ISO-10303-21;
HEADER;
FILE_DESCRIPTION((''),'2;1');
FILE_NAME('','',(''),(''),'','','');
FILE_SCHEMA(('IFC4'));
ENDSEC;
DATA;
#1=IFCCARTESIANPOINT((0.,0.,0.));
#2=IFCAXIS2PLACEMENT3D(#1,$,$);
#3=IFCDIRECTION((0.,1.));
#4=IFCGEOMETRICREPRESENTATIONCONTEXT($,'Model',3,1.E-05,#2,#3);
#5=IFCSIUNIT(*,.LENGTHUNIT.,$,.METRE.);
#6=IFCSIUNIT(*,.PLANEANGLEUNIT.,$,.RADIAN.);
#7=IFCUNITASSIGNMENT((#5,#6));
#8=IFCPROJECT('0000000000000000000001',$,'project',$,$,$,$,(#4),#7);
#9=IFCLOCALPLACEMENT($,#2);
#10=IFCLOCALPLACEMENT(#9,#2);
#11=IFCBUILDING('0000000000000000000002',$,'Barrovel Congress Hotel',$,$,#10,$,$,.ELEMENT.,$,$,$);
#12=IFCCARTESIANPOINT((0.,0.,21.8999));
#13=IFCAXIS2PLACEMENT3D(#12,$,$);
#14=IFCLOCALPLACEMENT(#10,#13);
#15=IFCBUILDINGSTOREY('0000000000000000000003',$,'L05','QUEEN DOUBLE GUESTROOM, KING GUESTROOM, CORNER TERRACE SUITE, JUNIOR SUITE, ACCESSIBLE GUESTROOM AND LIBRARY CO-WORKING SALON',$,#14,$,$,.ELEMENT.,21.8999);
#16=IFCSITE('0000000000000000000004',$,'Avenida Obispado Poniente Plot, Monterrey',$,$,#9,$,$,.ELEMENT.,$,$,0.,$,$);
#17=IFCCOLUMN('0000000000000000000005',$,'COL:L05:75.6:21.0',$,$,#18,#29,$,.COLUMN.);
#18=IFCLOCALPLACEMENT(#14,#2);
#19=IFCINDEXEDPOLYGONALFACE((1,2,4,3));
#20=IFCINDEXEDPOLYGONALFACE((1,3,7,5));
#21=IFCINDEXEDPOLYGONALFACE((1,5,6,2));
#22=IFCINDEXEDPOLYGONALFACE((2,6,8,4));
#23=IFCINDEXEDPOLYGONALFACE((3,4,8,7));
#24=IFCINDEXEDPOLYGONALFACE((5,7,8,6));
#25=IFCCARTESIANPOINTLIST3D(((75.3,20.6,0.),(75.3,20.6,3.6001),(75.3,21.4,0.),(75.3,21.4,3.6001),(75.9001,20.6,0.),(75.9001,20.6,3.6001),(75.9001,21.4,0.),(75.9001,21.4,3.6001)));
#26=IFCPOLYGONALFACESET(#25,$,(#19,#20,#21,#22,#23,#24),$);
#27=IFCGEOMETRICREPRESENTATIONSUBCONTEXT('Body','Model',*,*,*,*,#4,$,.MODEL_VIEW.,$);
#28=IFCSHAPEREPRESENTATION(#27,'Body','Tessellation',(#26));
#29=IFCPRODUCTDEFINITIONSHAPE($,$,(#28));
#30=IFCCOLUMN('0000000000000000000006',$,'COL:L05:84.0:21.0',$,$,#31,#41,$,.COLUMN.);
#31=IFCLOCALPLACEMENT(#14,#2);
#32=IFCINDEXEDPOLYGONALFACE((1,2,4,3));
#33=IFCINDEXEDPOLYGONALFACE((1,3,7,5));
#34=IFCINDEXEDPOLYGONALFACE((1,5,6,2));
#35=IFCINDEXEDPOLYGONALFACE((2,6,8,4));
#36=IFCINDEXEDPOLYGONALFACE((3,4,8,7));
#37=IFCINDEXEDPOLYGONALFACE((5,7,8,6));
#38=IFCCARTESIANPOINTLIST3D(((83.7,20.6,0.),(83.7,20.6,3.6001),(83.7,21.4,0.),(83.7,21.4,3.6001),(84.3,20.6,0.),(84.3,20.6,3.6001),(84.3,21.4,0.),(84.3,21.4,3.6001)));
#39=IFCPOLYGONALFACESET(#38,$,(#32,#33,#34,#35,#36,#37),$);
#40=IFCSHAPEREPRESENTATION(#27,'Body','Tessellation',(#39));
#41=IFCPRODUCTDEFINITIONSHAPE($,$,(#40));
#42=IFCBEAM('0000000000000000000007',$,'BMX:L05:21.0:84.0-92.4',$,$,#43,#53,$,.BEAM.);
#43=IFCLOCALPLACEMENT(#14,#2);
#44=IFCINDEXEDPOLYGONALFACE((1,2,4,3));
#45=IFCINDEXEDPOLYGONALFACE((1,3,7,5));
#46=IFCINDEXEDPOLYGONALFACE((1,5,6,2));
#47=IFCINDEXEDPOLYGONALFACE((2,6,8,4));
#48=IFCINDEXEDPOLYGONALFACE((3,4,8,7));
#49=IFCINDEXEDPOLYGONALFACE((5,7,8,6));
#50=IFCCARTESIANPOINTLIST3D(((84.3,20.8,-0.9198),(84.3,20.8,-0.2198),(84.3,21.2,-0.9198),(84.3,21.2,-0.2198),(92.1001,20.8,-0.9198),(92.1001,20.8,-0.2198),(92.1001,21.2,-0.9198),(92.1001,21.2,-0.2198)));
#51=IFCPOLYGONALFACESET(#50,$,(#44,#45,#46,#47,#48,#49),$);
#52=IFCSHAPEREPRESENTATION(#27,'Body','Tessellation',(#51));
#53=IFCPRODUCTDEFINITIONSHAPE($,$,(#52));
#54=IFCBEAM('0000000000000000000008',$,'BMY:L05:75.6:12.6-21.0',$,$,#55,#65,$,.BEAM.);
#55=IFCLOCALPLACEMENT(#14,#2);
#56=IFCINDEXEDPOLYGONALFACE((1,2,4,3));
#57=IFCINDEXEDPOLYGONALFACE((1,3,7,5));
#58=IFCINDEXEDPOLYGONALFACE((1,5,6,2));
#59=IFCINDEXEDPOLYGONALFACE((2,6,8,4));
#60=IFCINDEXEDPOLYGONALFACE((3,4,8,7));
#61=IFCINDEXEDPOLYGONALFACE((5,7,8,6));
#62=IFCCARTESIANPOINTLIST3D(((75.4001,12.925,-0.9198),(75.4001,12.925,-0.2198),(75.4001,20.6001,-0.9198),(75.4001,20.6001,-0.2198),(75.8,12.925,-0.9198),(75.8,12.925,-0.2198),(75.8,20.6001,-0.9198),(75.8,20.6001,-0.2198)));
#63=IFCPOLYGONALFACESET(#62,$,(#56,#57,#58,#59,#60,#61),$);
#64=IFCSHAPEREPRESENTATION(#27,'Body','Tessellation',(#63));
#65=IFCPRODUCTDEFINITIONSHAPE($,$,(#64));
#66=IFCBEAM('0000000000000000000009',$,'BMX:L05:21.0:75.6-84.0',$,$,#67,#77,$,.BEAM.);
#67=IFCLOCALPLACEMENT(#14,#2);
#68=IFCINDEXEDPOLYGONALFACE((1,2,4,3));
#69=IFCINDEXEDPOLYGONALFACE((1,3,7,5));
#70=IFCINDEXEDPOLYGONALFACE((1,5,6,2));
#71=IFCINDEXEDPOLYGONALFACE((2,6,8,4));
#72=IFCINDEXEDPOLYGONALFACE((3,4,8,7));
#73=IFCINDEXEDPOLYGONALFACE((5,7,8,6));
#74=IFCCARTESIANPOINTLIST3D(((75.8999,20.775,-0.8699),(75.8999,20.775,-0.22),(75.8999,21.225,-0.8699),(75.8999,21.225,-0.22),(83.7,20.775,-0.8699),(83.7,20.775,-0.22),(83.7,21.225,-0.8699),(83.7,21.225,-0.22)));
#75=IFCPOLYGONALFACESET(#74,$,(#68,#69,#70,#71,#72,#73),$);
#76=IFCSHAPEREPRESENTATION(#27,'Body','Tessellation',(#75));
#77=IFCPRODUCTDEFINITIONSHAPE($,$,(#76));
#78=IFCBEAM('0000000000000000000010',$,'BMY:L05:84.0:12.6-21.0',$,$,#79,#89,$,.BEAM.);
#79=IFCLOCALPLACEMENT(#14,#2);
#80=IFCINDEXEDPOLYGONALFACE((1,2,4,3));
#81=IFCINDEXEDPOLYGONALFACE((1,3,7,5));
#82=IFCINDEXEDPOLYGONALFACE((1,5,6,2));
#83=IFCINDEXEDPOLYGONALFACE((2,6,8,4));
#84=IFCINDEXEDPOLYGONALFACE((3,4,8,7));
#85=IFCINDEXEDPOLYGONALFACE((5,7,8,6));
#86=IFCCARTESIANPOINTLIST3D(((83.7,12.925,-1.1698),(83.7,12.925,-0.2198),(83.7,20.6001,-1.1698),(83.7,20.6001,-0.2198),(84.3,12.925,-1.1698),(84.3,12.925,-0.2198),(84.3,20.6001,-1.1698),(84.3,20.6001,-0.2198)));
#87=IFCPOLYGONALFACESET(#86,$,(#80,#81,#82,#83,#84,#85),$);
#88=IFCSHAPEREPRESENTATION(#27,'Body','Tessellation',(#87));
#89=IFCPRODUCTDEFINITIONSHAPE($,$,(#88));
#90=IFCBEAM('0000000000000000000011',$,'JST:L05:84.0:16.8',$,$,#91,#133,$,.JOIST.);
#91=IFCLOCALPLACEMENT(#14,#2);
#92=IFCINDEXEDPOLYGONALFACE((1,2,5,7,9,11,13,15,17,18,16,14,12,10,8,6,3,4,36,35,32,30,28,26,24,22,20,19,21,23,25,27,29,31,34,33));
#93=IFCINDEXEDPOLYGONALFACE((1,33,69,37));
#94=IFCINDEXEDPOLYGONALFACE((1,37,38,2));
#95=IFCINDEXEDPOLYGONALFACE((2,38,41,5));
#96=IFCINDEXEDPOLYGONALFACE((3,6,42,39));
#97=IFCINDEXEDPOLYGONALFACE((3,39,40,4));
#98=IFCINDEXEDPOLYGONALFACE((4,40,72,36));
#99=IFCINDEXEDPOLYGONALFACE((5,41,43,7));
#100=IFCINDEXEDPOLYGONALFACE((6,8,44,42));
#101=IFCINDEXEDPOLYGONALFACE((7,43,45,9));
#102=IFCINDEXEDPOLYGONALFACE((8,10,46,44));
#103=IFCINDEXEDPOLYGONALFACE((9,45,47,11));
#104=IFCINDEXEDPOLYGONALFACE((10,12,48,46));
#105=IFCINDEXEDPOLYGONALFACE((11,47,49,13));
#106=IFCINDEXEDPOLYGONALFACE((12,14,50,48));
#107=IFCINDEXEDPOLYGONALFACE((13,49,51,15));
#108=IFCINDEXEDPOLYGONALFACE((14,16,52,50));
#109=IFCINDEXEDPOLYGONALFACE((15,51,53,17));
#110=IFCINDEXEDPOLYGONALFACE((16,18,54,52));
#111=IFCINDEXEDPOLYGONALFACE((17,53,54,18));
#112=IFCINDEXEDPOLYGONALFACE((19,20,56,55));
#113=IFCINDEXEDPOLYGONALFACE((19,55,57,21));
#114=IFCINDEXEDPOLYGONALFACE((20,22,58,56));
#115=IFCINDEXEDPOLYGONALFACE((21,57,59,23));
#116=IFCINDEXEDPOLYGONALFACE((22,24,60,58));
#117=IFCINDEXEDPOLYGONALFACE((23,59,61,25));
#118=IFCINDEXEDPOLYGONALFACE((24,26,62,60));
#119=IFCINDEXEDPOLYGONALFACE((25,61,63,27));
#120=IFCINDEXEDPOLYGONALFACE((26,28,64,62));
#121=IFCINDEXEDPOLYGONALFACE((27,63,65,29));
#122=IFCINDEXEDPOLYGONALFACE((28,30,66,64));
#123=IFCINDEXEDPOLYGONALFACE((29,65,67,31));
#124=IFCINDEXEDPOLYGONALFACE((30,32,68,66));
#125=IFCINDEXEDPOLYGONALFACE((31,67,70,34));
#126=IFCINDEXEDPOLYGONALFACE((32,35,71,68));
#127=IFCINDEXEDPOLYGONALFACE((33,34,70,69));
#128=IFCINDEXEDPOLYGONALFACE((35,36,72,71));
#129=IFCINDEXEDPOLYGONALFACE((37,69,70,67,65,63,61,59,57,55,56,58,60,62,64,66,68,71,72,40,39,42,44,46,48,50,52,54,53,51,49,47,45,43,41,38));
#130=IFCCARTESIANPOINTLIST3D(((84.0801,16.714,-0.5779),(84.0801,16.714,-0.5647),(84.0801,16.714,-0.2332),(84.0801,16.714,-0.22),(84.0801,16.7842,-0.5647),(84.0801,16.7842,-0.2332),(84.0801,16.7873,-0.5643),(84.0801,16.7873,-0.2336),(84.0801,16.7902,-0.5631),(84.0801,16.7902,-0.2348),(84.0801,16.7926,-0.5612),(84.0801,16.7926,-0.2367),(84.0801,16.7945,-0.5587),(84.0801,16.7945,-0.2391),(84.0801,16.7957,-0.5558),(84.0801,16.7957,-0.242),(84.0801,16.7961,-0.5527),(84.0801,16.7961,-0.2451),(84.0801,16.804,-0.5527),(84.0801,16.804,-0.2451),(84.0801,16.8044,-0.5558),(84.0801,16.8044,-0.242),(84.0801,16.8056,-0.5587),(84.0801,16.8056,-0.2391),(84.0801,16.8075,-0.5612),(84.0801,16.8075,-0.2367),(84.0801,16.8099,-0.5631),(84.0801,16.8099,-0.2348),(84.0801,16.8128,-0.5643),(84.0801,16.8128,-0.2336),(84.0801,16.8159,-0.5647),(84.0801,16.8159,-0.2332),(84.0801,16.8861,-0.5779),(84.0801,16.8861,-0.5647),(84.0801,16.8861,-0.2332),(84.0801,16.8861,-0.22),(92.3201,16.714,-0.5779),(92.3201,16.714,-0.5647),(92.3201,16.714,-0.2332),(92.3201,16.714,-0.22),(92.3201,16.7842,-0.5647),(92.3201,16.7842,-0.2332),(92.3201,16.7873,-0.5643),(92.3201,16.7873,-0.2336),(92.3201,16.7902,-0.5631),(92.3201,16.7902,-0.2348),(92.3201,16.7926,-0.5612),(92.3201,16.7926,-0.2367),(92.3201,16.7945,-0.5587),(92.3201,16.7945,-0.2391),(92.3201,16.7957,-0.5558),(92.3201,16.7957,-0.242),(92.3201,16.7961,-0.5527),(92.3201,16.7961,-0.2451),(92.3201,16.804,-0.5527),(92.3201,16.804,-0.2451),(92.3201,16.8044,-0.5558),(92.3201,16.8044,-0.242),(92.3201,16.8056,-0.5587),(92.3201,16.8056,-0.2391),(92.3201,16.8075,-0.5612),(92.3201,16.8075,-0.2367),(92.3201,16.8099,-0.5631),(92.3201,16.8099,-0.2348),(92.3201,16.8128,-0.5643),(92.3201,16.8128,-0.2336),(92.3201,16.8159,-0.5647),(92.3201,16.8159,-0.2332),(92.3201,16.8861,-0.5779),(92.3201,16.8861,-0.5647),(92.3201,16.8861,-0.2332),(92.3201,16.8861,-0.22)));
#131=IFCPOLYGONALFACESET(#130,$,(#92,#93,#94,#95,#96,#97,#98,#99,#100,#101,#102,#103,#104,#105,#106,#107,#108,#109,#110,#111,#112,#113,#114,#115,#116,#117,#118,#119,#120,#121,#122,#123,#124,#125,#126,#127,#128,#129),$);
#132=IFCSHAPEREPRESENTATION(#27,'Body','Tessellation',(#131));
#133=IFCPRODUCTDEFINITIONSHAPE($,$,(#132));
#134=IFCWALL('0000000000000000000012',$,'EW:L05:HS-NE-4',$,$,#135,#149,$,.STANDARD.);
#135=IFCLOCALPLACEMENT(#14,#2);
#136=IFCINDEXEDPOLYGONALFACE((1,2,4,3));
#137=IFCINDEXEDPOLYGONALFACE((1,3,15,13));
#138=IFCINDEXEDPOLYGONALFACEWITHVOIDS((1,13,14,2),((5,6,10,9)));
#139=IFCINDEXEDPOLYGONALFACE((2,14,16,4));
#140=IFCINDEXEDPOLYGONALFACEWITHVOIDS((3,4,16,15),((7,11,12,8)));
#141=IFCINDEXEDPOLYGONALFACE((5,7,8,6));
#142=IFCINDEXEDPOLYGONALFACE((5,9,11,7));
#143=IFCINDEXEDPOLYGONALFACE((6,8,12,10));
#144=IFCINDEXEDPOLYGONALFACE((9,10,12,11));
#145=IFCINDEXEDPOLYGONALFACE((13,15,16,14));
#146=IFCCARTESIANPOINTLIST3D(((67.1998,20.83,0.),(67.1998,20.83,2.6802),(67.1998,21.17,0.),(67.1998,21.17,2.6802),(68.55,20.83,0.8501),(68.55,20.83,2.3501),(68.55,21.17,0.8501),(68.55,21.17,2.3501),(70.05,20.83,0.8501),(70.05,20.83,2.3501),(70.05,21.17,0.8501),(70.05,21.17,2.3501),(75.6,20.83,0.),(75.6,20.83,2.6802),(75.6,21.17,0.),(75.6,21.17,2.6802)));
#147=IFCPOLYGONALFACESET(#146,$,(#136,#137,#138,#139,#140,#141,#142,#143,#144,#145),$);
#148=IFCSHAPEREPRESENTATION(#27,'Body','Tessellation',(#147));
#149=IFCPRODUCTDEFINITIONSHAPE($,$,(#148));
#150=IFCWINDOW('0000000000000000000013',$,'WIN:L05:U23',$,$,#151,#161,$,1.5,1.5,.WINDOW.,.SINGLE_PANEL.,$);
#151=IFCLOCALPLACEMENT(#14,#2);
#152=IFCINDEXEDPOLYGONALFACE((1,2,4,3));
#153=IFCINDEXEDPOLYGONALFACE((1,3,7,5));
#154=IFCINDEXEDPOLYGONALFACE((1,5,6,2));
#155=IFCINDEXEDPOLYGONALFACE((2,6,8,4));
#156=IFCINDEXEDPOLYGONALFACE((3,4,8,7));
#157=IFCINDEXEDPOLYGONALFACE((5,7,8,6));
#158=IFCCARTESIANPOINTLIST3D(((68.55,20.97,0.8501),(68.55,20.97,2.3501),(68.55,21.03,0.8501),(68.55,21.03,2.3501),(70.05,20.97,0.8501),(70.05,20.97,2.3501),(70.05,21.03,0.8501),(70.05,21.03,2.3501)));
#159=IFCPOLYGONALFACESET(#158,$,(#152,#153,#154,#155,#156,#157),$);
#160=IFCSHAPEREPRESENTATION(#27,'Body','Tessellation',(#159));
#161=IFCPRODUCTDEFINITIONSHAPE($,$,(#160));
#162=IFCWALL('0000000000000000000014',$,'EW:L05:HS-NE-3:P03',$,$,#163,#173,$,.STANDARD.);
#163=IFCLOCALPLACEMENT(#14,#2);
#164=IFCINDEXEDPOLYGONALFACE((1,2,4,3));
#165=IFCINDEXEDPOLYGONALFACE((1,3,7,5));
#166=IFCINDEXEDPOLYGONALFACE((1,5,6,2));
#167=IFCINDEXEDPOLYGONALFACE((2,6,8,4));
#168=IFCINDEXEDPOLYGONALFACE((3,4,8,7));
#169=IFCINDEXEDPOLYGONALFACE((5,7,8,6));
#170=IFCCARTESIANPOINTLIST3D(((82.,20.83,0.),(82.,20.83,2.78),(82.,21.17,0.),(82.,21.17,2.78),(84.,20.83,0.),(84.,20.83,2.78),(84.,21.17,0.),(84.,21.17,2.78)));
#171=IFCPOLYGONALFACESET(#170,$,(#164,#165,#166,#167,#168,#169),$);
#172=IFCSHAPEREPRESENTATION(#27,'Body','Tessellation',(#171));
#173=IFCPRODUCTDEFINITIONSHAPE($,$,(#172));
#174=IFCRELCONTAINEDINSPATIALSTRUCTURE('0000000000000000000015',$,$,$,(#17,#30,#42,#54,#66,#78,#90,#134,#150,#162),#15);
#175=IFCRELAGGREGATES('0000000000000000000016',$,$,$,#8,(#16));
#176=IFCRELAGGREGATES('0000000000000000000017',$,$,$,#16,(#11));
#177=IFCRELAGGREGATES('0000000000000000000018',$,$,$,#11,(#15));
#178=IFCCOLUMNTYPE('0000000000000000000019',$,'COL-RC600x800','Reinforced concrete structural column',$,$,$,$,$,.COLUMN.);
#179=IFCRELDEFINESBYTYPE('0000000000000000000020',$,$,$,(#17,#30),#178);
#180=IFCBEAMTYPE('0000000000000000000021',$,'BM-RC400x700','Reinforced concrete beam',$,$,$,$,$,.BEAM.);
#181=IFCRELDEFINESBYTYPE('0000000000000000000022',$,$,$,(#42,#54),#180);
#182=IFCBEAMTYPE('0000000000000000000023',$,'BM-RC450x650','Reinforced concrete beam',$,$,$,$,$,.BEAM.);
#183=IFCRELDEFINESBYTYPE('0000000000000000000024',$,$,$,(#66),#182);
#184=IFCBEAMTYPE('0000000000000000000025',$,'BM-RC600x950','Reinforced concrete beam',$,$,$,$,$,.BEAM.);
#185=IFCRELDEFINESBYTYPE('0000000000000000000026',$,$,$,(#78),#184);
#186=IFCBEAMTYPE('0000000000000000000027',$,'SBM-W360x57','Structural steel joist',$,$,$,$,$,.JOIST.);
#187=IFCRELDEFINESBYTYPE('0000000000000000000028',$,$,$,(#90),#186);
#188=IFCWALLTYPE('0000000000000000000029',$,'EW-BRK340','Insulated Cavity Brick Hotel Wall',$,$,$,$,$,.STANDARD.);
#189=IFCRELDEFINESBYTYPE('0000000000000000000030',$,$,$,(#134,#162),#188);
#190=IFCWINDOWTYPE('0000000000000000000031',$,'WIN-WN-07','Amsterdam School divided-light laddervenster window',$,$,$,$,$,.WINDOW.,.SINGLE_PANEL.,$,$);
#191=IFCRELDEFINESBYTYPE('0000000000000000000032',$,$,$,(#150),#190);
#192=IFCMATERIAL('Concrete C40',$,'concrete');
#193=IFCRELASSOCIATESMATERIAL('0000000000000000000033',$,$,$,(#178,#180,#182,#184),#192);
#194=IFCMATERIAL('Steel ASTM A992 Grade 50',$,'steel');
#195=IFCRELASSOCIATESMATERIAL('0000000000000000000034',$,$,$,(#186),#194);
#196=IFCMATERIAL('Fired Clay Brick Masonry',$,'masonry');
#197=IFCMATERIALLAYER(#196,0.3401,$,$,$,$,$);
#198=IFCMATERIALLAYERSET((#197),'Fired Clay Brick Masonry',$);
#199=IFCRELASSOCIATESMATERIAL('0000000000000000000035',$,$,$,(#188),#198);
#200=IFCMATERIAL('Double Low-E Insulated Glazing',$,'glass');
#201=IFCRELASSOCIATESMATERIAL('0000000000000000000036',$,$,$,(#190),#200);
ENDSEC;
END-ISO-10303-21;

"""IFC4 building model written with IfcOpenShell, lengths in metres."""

from ifc_helpers import new_model, si_unit, direction, frame, frame_2d, origin, origin_2d, place, context, subcontext, project, spatial, rectangle, i_section, extrude, material, layer, layer_set, material_profile, profile_set, type_object, element, fill, save


model = new_model("IFC4")

# Units and contexts
model_context = context("Model", 3, precision=1e-05, world=origin(), true_north=direction((0.0, 1.0)))
body_context = subcontext(model_context, "Body", "Model", "MODEL_VIEW")
ifc_project = project(units=[si_unit("LENGTHUNIT", "METRE"), si_unit("PLANEANGLEUNIT", "RADIAN")], contexts=[model_context])

# Site, building, storey
site_placement = place(None, origin())
site = spatial("IfcSite", under=ifc_project, at=site_placement, Name="Avenida Obispado Poniente Plot, Monterrey", CompositionType="ELEMENT", RefElevation=0.0)
building_placement = place(site_placement, origin())
building = spatial("IfcBuilding", under=site, at=building_placement, Name="Barrovel Congress Hotel", CompositionType="ELEMENT")
storey_placement = place(building_placement, frame((0.0, 0.0, 21.8999)))
storey = spatial("IfcBuildingStorey", under=building, at=storey_placement, Name="L05", Description="QUEEN DOUBLE GUESTROOM, KING GUESTROOM, CORNER TERRACE SUITE, JUNIOR SUITE, ACCESSIBLE GUESTROOM AND LIBRARY CO-WORKING SALON", CompositionType="ELEMENT", Elevation=21.8999)

# Columns
ifc_material_1 = material(Name="Concrete C40", Category="concrete")
ifc_material_profile_1 = material_profile(ifc_material_1, rectangle(XDim=0.6001, YDim=0.8, at=origin_2d()), Name="RC600x800")
ifc_profile_set_1 = profile_set([ifc_material_profile_1], Name="Concrete C40")
column_type = type_object("IfcColumnType", Name="COL-RC600x800", Description="Reinforced concrete structural column", PredefinedType="COLUMN", material=ifc_profile_set_1)
for number, where, z_axis, x_axis, name in (
    (1, (75.6001, 21.0, 0.0), (0.0, 0.0, 1.0), (1.0, 0.0, 0.0), "COL:L05:75.6:21.0"),
    (2, (84.0, 21.0, 0.0), (0.0, 0.0, 1.0), (1.0, 0.0, 0.0), "COL:L05:84.0:21.0"),
):
    element("IfcColumn", number, at=place(storey_placement, frame(where, z_axis=z_axis, x_axis=x_axis)), inside=storey, type_object=column_type, Name=name, PredefinedType="COLUMN", context=body_context, shape_type="SweptSolid", body=[
        extrude(rectangle(XDim=0.6001, YDim=0.8, at=origin_2d()), origin(), (0.0, 0.0, 1.0), 3.6001),
    ])

# Beams
ifc_material_profile_2 = material_profile(ifc_material_1, rectangle(XDim=0.3999, YDim=0.7, at=origin_2d()), Name="RC400x700")
ifc_profile_set_2 = profile_set([ifc_material_profile_2], Name="Concrete C40")
beam_type_1 = type_object("IfcBeamType", Name="BM-RC400x700", Description="Reinforced concrete beam", PredefinedType="BEAM", material=ifc_profile_set_2)
beam_1_placement = place(storey_placement, frame((84.3, 21.0, -0.5698), z_axis=(1.0, 0.0, 0.0), x_axis=(0.0, 1.0, 0.0)))
element("IfcBeam", 3, at=beam_1_placement, inside=storey, type_object=beam_type_1, Name="BMX:L05:21.0:84.0-92.4", PredefinedType="BEAM", context=body_context, shape_type="SweptSolid", body=[
    extrude(rectangle(XDim=0.3999, YDim=0.7, at=origin_2d()), origin(), (0.0, 0.0, 1.0), 7.8),
])
beam_2_placement = place(storey_placement, frame((75.6001, 12.925, -0.5698), z_axis=(0.0, 1.0, 0.0), x_axis=(-1.0, 0.0, 0.0)))
element("IfcBeam", 4, at=beam_2_placement, inside=storey, type_object=beam_type_1, Name="BMY:L05:75.6:12.6-21.0", PredefinedType="BEAM", context=body_context, shape_type="SweptSolid", body=[
    extrude(rectangle(XDim=0.3999, YDim=0.7, at=origin_2d()), origin(), (0.0, 0.0, 1.0), 7.675),
])
ifc_material_profile_3 = material_profile(ifc_material_1, rectangle(XDim=0.45, YDim=0.6499, at=origin_2d()), Name="RC450x650")
ifc_profile_set_3 = profile_set([ifc_material_profile_3], Name="Concrete C40")
beam_type_2 = type_object("IfcBeamType", Name="BM-RC450x650", Description="Reinforced concrete beam", PredefinedType="BEAM", material=ifc_profile_set_3)
beam_3_placement = place(storey_placement, frame((75.8999, 21.0, -0.5449), z_axis=(1.0, 0.0, 0.0), x_axis=(0.0, 1.0, 0.0)))
element("IfcBeam", 5, at=beam_3_placement, inside=storey, type_object=beam_type_2, Name="BMX:L05:21.0:75.6-84.0", PredefinedType="BEAM", context=body_context, shape_type="SweptSolid", body=[
    extrude(rectangle(XDim=0.45, YDim=0.6499, at=origin_2d()), origin(), (0.0, 0.0, 1.0), 7.8),
])
ifc_material_profile_4 = material_profile(ifc_material_1, rectangle(XDim=0.6001, YDim=0.95, at=origin_2d()), Name="RC600x950")
ifc_profile_set_4 = profile_set([ifc_material_profile_4], Name="Concrete C40")
beam_type_3 = type_object("IfcBeamType", Name="BM-RC600x950", Description="Reinforced concrete beam", PredefinedType="BEAM", material=ifc_profile_set_4)
beam_4_placement = place(storey_placement, frame((84.0, 12.925, -0.6948), z_axis=(0.0, 1.0, 0.0), x_axis=(-1.0, 0.0, 0.0)))
element("IfcBeam", 6, at=beam_4_placement, inside=storey, type_object=beam_type_3, Name="BMY:L05:84.0:12.6-21.0", PredefinedType="BEAM", context=body_context, shape_type="SweptSolid", body=[
    extrude(rectangle(XDim=0.6001, YDim=0.95, at=origin_2d()), origin(), (0.0, 0.0, 1.0), 7.675),
])
ifc_material_2 = material(Name="Steel ASTM A992 Grade 50", Category="steel")
ifc_material_profile_5 = material_profile(ifc_material_2, i_section(OverallWidth=0.1721, OverallDepth=0.3579, WebThickness=0.0078, FlangeThickness=0.0132, FilletRadius=0.012, at=origin_2d()), Name="W360x57")
ifc_profile_set_5 = profile_set([ifc_material_profile_5], Name="Steel ASTM A992 Grade 50")
beam_type_4 = type_object("IfcBeamType", Name="SBM-W360x57", Description="Structural steel joist", PredefinedType="JOIST", material=ifc_profile_set_5)
beam_5_placement = place(storey_placement, frame((84.0801, 16.8, -0.3989), z_axis=(1.0, 0.0, 0.0), x_axis=(0.0, 1.0, 0.0)))
element("IfcBeam", 7, at=beam_5_placement, inside=storey, type_object=beam_type_4, Name="JST:L05:84.0:16.8", PredefinedType="JOIST", context=body_context, shape_type="SweptSolid", body=[
    extrude(i_section(OverallWidth=0.1721, OverallDepth=0.3579, WebThickness=0.0078, FlangeThickness=0.0132, FilletRadius=0.012, at=origin_2d()), origin(), (0.0, 0.0, 1.0), 8.24),
])

# Wall, opening, window
ifc_material_3 = material(Name="Fired Clay Brick Masonry", Category="masonry")
ifc_layer_1 = layer(ifc_material_3, 0.3401)
ifc_layer_set_1 = layer_set([ifc_layer_1], Name="Fired Clay Brick Masonry")
wall_type_1 = type_object("IfcWallType", Name="EW-BRK340", Description="Insulated Cavity Brick Hotel Wall", PredefinedType="STANDARD", material=ifc_layer_set_1)
wall_1_placement = place(storey_placement, frame((75.6001, 21.0, 0.0), z_axis=(0.0, 0.0, 1.0), x_axis=(-1.0, 0.0, 0.0)))
wall_1 = element("IfcWall", 8, at=wall_1_placement, inside=storey, type_object=wall_type_1, Name="EW:L05:HS-NE-4", PredefinedType="STANDARD", context=body_context, shape_type="SweptSolid", body=[
    extrude(rectangle(XDim=8.4001, YDim=0.3401, at=frame_2d((4.2002, 0.0))), origin(), (0.0, 0.0, 1.0), 2.6802),
])
opening_1_placement = place(wall_1_placement, frame((5.55, 0.0, 0.8501)))
opening_1 = element("IfcOpeningElement", 9, at=opening_1_placement, cuts=wall_1, PredefinedType="OPENING", context=body_context, shape_type="SweptSolid", body=[
    extrude(rectangle(XDim=1.5, YDim=1.5, at=frame_2d((0.75, 0.75))), frame((0.0, 0.1802, 0.0), z_axis=(0.0, -1.0, 0.0), x_axis=(1.0, 0.0, 0.0)), (0.0, 0.0, 1.0), 0.3601),
])
ifc_material_4 = material(Name="Double Low-E Insulated Glazing", Category="glass")
window_type = type_object("IfcWindowType", Name="WIN-WN-07", Description="Amsterdam School divided-light laddervenster window", PartitioningType="SINGLE_PANEL", PredefinedType="WINDOW", material=ifc_material_4)
window_placement = place(opening_1_placement, origin())
window = element("IfcWindow", 10, at=window_placement, inside=storey, type_object=window_type, Name="WIN:L05:U23", OverallHeight=1.5, OverallWidth=1.5, PartitioningType="SINGLE_PANEL", PredefinedType="WINDOW", context=body_context, shape_type="SweptSolid", body=[
    extrude(rectangle(XDim=1.5, YDim=1.5, at=frame_2d((0.75, 0.75))), frame((0.0, 0.03, 0.0), z_axis=(0.0, -1.0, 0.0), x_axis=(1.0, 0.0, 0.0)), (0.0, 0.0, 1.0), 0.0601),
])
fill(opening_1, window)

# Wall
wall_2_placement = place(storey_placement, frame((84.0, 21.0, 0.0), z_axis=(0.0, 0.0, 1.0), x_axis=(-1.0, 0.0, 0.0)))
element("IfcWall", 11, at=wall_2_placement, inside=storey, type_object=wall_type_1, Name="EW:L05:HS-NE-3:P03", PredefinedType="STANDARD", context=body_context, shape_type="SweptSolid", body=[
    extrude(rectangle(XDim=2.0, YDim=0.3401, at=frame_2d((1.0, 0.0))), origin(), (0.0, 0.0, 1.0), 2.78),
])

save(model, "model.ifc")
